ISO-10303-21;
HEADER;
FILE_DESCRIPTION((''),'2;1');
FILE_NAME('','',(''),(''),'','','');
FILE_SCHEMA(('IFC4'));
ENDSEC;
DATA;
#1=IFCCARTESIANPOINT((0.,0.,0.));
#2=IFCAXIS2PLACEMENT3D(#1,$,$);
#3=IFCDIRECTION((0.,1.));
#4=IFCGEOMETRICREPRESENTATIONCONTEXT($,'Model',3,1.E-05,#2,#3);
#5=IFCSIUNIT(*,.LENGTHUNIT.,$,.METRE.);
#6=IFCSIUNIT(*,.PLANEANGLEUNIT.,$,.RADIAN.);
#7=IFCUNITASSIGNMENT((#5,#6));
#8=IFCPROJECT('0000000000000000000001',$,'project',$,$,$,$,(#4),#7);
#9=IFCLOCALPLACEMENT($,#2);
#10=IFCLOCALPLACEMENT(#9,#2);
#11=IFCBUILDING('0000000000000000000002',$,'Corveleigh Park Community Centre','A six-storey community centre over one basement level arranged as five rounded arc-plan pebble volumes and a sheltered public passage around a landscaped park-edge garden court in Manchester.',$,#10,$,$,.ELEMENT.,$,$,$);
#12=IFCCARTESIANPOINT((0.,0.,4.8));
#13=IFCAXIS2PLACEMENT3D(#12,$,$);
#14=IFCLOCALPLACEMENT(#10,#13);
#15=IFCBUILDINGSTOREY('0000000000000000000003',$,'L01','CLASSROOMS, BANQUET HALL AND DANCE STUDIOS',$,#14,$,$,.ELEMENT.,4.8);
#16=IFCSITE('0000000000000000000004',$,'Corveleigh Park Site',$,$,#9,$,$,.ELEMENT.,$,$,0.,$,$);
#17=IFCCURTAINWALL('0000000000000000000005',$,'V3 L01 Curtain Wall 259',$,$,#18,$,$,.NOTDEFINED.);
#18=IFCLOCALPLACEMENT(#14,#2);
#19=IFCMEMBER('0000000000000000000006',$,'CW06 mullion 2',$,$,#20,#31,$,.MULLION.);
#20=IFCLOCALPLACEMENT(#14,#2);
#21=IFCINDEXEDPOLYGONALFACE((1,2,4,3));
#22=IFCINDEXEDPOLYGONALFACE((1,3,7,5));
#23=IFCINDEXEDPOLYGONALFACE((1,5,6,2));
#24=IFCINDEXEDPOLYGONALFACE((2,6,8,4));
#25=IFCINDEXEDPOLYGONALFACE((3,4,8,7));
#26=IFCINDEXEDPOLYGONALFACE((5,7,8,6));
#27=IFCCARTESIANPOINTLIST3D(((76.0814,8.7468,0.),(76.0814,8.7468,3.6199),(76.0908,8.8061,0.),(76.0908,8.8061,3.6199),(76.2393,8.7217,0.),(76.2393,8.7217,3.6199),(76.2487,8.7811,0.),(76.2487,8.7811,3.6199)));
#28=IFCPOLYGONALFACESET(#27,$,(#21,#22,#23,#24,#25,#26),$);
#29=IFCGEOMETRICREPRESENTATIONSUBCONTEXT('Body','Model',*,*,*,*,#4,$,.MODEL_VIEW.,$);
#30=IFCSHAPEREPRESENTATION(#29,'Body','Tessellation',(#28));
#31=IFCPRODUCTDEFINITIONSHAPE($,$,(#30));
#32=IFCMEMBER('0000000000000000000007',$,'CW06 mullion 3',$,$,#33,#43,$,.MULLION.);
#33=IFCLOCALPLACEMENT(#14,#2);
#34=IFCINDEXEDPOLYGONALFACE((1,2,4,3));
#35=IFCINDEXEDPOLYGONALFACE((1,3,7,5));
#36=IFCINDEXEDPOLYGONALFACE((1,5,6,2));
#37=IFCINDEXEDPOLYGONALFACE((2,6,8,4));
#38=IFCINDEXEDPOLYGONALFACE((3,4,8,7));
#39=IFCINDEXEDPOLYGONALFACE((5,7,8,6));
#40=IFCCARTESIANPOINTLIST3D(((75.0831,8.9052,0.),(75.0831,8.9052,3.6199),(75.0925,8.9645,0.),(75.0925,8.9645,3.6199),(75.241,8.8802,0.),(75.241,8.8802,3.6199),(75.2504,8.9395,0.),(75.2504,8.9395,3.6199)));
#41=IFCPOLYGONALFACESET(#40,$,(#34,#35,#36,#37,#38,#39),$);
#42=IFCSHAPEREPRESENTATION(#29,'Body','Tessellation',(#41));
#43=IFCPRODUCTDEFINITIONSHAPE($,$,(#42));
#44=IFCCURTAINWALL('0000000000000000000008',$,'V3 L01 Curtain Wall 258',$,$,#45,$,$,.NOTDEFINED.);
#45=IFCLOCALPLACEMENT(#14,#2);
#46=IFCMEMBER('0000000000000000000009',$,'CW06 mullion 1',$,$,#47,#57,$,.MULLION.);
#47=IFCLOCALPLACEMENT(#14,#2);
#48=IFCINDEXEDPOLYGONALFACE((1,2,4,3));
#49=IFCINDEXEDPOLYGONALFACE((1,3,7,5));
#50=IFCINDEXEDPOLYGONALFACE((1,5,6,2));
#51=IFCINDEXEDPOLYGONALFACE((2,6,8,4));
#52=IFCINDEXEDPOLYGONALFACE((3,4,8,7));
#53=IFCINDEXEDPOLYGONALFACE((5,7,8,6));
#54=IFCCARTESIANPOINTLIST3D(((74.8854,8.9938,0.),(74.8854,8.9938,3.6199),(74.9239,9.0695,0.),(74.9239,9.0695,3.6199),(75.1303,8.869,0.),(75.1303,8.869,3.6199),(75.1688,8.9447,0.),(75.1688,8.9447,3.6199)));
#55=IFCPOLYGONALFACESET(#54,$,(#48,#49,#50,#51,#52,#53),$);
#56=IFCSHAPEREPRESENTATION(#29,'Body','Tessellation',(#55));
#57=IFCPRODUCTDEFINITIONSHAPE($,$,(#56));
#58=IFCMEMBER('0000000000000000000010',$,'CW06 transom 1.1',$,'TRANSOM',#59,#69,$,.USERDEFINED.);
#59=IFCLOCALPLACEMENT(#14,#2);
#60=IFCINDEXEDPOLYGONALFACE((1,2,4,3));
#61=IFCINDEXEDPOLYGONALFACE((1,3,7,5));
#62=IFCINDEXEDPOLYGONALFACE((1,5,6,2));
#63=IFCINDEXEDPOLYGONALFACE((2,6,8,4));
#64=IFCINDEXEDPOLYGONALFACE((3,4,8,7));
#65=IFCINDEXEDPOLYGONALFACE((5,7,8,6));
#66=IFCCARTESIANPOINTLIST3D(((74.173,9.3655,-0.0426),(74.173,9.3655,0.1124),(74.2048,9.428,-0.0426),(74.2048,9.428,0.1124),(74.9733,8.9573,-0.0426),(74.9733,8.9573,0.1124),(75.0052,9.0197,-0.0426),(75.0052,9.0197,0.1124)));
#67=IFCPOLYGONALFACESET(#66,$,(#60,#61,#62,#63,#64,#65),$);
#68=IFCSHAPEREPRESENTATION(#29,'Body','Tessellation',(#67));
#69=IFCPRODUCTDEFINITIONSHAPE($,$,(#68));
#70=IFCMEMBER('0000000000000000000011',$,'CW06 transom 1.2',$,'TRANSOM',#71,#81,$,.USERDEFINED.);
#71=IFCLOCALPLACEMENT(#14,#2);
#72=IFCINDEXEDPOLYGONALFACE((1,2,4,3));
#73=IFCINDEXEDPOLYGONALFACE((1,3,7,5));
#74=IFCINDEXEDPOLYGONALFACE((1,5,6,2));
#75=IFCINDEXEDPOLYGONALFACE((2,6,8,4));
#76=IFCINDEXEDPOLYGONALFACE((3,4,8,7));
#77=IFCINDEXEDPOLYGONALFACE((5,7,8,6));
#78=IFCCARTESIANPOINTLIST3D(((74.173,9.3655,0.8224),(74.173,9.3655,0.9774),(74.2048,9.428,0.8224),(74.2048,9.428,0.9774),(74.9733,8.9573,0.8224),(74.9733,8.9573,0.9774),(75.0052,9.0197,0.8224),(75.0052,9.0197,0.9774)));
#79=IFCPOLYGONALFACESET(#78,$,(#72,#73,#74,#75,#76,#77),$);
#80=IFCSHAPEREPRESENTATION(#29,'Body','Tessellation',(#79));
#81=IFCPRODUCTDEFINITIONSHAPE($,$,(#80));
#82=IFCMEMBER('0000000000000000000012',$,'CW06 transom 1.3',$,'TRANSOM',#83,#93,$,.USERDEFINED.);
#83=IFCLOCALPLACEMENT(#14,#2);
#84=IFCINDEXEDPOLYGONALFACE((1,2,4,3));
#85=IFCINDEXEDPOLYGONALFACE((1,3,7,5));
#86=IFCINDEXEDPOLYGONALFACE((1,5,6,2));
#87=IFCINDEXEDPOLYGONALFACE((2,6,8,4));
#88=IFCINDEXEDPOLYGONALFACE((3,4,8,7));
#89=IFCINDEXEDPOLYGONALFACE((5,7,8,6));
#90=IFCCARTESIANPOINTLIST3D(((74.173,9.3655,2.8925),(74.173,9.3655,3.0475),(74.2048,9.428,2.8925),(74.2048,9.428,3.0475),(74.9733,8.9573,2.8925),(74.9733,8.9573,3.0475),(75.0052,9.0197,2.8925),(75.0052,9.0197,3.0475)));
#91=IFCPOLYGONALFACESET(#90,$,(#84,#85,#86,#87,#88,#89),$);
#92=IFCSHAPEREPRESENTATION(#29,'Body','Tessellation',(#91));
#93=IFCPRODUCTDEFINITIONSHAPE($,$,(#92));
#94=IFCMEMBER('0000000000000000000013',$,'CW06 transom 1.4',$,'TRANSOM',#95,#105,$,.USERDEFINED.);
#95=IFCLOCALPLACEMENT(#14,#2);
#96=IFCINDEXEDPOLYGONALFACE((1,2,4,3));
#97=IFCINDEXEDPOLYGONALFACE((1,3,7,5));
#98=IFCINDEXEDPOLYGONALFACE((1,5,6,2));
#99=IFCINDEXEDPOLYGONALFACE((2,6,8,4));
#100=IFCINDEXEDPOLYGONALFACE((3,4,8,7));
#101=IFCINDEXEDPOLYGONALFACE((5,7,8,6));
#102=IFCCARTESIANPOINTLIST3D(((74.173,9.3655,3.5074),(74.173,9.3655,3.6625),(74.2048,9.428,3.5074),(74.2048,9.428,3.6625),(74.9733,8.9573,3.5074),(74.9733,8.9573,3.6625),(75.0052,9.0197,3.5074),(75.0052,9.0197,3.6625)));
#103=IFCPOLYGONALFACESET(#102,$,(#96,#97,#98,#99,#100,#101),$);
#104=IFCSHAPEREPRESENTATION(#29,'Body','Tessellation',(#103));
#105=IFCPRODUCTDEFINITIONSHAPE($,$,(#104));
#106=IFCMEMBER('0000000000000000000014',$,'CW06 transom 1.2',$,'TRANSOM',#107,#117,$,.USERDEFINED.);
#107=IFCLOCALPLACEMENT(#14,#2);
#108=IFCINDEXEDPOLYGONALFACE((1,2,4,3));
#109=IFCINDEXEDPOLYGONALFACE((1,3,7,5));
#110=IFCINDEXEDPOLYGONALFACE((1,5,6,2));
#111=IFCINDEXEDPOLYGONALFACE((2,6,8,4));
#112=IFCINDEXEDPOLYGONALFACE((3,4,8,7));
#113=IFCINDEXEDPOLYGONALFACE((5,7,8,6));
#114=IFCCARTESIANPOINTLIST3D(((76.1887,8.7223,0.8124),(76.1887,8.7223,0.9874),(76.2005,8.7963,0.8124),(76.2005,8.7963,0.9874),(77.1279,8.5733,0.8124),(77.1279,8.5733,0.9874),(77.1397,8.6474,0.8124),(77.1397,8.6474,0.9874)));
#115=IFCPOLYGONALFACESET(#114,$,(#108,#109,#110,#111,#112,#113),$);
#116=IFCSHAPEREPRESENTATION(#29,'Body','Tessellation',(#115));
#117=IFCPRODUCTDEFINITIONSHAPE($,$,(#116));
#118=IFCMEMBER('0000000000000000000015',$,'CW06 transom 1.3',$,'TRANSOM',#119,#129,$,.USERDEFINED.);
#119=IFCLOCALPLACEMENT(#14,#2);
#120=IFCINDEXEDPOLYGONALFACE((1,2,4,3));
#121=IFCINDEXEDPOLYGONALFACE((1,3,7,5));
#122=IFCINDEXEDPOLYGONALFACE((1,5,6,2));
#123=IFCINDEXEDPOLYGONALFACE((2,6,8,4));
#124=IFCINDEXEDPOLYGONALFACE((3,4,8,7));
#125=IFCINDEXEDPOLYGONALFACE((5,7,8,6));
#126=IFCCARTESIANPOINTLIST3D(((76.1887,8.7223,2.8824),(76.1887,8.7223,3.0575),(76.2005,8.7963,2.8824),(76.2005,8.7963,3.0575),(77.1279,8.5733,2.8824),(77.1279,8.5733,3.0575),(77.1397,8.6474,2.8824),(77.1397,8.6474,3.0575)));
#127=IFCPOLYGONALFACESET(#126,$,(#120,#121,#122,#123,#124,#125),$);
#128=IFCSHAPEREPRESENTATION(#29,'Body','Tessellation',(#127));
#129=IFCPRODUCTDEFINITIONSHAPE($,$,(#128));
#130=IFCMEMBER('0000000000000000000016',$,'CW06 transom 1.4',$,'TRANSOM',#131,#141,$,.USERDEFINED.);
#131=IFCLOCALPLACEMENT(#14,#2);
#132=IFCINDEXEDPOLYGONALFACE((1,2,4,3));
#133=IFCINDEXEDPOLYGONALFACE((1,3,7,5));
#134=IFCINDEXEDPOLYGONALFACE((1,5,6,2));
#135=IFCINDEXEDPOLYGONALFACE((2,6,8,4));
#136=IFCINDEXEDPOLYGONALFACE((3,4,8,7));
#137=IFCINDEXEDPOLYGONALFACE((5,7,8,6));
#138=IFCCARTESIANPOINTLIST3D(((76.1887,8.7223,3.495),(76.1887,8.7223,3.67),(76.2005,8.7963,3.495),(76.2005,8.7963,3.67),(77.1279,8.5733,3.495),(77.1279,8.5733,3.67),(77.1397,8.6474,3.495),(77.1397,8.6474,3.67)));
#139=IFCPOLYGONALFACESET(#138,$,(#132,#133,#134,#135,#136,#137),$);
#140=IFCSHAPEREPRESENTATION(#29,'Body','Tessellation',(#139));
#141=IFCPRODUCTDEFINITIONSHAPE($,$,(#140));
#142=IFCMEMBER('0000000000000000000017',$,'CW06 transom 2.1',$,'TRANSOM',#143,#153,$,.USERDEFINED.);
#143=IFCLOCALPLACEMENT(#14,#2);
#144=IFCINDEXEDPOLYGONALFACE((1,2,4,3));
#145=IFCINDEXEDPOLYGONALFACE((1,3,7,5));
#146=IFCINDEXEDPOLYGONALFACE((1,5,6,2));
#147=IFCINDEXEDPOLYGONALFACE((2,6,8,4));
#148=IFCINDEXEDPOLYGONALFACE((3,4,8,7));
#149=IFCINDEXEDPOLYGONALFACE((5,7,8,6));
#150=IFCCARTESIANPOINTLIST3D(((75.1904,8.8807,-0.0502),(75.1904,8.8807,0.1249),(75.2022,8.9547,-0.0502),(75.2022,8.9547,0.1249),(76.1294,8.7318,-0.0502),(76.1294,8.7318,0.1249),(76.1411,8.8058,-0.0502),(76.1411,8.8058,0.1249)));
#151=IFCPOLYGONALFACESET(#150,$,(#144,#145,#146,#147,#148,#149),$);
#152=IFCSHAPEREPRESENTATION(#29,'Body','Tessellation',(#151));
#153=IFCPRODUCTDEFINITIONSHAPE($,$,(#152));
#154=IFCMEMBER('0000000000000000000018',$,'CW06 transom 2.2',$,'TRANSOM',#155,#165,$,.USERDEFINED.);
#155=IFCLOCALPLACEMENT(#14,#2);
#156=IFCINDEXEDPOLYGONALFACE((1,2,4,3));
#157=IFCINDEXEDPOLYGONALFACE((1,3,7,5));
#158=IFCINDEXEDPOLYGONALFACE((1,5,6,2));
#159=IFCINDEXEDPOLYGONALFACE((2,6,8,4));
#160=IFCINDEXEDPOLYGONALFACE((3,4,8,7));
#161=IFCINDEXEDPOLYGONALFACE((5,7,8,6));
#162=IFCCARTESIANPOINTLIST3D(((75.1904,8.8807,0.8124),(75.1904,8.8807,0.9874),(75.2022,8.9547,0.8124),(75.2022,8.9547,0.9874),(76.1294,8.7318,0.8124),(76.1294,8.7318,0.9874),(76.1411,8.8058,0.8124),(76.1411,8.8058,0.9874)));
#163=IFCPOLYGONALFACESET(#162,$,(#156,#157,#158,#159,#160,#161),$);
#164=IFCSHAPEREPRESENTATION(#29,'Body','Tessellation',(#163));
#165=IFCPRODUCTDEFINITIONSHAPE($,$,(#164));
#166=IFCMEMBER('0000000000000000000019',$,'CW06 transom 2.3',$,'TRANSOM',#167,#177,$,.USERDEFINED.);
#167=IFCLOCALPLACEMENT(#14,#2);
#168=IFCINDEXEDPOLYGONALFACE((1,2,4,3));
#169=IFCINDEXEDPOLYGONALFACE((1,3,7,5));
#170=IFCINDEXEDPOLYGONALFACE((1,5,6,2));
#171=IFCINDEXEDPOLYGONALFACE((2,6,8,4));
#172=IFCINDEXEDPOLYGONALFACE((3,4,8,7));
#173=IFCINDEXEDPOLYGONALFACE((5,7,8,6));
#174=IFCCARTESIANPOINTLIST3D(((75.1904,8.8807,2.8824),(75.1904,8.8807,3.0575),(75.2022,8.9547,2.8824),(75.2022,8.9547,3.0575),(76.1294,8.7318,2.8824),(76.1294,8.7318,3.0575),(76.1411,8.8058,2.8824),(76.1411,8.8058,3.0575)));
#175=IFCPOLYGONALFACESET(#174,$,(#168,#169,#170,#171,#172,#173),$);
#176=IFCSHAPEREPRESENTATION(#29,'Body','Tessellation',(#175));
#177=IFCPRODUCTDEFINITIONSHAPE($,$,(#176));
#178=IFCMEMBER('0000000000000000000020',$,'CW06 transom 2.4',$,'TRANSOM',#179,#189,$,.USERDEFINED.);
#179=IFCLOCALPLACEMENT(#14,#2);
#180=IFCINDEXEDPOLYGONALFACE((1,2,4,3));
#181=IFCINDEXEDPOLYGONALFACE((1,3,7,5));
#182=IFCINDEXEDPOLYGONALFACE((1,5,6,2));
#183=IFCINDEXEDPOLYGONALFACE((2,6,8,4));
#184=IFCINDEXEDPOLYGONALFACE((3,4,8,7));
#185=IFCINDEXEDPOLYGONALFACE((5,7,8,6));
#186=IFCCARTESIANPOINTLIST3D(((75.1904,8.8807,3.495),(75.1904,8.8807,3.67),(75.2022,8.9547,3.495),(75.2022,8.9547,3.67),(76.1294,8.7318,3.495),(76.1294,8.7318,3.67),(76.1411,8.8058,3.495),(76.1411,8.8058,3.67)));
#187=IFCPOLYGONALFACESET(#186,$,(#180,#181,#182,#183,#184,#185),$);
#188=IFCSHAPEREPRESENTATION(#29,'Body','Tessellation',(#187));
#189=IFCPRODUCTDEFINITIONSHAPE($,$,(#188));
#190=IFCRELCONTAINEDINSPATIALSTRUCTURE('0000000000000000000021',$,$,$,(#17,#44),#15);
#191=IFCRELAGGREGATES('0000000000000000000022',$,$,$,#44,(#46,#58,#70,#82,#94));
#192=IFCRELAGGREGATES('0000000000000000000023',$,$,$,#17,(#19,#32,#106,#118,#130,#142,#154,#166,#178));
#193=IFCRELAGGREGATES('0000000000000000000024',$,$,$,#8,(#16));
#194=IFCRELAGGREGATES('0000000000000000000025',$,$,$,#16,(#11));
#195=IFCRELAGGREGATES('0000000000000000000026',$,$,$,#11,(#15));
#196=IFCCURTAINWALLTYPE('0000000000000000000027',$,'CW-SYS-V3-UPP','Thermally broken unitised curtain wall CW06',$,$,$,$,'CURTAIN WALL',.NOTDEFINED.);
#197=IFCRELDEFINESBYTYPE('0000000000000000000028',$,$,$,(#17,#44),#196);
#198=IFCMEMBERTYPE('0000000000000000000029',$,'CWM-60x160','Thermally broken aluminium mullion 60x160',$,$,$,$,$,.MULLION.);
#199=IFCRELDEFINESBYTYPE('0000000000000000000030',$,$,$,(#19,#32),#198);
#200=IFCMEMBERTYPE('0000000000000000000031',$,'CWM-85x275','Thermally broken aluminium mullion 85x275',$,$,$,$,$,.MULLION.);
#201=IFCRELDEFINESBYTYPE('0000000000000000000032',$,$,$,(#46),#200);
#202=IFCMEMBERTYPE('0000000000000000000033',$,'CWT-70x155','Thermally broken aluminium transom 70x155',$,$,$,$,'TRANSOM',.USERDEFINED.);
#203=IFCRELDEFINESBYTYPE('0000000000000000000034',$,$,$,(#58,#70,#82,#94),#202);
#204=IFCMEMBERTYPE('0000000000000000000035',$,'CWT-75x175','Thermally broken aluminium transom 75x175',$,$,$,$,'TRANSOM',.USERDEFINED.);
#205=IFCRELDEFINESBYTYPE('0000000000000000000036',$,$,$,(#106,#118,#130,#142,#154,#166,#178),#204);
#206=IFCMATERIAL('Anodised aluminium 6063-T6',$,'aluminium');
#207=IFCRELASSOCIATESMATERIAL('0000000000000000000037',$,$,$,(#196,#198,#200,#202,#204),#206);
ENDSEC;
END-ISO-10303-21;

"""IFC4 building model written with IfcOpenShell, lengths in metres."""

from ifc_helpers import new_model, si_unit, direction, frame, origin, origin_2d, place, context, subcontext, project, spatial, rectangle, extrude, material, material_profile, profile_set, type_object, element, aggregate, save


model = new_model("IFC4")

# Units and contexts
model_context = context("Model", 3, precision=1e-05, world=origin(), true_north=direction((0.0, 1.0)))
body_context = subcontext(model_context, "Body", "Model", "MODEL_VIEW")
ifc_project = project(units=[si_unit("LENGTHUNIT", "METRE"), si_unit("PLANEANGLEUNIT", "RADIAN")], contexts=[model_context])

# Site, building, storey
site_placement = place(None, origin())
site = spatial("IfcSite", under=ifc_project, at=site_placement, Name="Corveleigh Park Site", CompositionType="ELEMENT", RefElevation=0.0)
building_placement = place(site_placement, origin())
building = spatial("IfcBuilding", under=site, at=building_placement, Name="Corveleigh Park Community Centre", Description="A six-storey community centre over one basement level arranged as five rounded arc-plan pebble volumes and a sheltered public passage around a landscaped park-edge garden court in Manchester.", CompositionType="ELEMENT")
storey_placement = place(building_placement, frame((0.0, 0.0, 4.8)))
storey = spatial("IfcBuildingStorey", under=building, at=storey_placement, Name="L01", Description="CLASSROOMS, BANQUET HALL AND DANCE STUDIOS", CompositionType="ELEMENT", Elevation=4.8)

# Curtain walls, members
ifc_material_1 = material(Name="Anodised aluminium 6063-T6", Category="aluminium")
curtain_wall_type = type_object("IfcCurtainWallType", Name="CW-SYS-V3-UPP", Description="Thermally broken unitised curtain wall CW06", ElementType="CURTAIN WALL", PredefinedType="NOTDEFINED", material=ifc_material_1)
curtain_wall_1_placement = place(storey_placement, origin())
curtain_wall_1 = element("IfcCurtainWall", 1, at=curtain_wall_1_placement, inside=storey, type_object=curtain_wall_type, Name="V3 L01 Curtain Wall 259", PredefinedType="NOTDEFINED")
ifc_material_profile_1 = material_profile(ifc_material_1, rectangle(XDim=0.0601, YDim=0.1599, at=origin_2d()), Name="ALU-M60x160", Category="aluminium")
ifc_profile_set_1 = profile_set([ifc_material_profile_1], Name="Anodised aluminium 6063-T6")
member_type_1 = type_object("IfcMemberType", Name="CWM-60x160", Description="Thermally broken aluminium mullion 60x160", PredefinedType="MULLION", material=ifc_profile_set_1)
member_1_placement = place(storey_placement, frame((76.165, 8.7639, 0.0), z_axis=(0.0, 0.0, 1.0), x_axis=(-0.156604, -0.987661, 0.0)))
member_1 = element("IfcMember", 2, at=member_1_placement, type_object=member_type_1, Name="CW06 mullion 2", PredefinedType="MULLION", context=body_context, shape_type="SweptSolid", body=[
    extrude(rectangle(XDim=0.0601, YDim=0.1599, at=origin_2d()), origin(), (0.0, 0.0, 1.0), 3.6199),
])
member_2_placement = place(storey_placement, frame((75.1667, 8.9224, 0.0), z_axis=(0.0, 0.0, 1.0), x_axis=(-0.156604, -0.987661, 0.0)))
member_2 = element("IfcMember", 3, at=member_2_placement, type_object=member_type_1, Name="CW06 mullion 3", PredefinedType="MULLION", context=body_context, shape_type="SweptSolid", body=[
    extrude(rectangle(XDim=0.0601, YDim=0.1599, at=origin_2d()), origin(), (0.0, 0.0, 1.0), 3.6199),
])
curtain_wall_2_placement = place(storey_placement, origin())
curtain_wall_2 = element("IfcCurtainWall", 4, at=curtain_wall_2_placement, inside=storey, type_object=curtain_wall_type, Name="V3 L01 Curtain Wall 258", PredefinedType="NOTDEFINED")
ifc_material_profile_2 = material_profile(ifc_material_1, rectangle(XDim=0.085, YDim=0.2749, at=origin_2d()), Name="ALU-M85x275", Category="aluminium")
ifc_profile_set_2 = profile_set([ifc_material_profile_2], Name="Anodised aluminium 6063-T6")
member_type_2 = type_object("IfcMemberType", Name="CWM-85x275", Description="Thermally broken aluminium mullion 85x275", PredefinedType="MULLION", material=ifc_profile_set_2)
member_3_placement = place(storey_placement, frame((75.0271, 8.9692, 0.0), z_axis=(0.0, 0.0, 1.0), x_axis=(-0.454218, -0.890891, 0.0)))
member_3 = element("IfcMember", 5, at=member_3_placement, type_object=member_type_2, Name="CW06 mullion 1", PredefinedType="MULLION", context=body_context, shape_type="SweptSolid", body=[
    extrude(rectangle(XDim=0.085, YDim=0.2749, at=origin_2d()), origin(), (0.0, 0.0, 1.0), 3.6199),
])
ifc_material_profile_3 = material_profile(ifc_material_1, rectangle(XDim=0.0701, YDim=0.155, at=origin_2d()), Name="ALU-T70x155", Category="aluminium")
ifc_profile_set_3 = profile_set([ifc_material_profile_3], Name="Anodised aluminium 6063-T6")
member_type_3 = type_object("IfcMemberType", Name="CWT-70x155", Description="Thermally broken aluminium transom 70x155", ElementType="TRANSOM", PredefinedType="USERDEFINED", material=ifc_profile_set_3)
member_4_placement = place(storey_placement, frame((74.9893, 8.9885, 0.0349), z_axis=(-0.890811, 0.454374, 0.0), x_axis=(-0.454374, -0.890811, 0.0)))
member_4 = element("IfcMember", 6, at=member_4_placement, type_object=member_type_3, Name="CW06 transom 1.1", ObjectType="TRANSOM", PredefinedType="USERDEFINED", context=body_context, shape_type="SweptSolid", body=[
    extrude(rectangle(XDim=0.0701, YDim=0.155, at=origin_2d()), origin(), (0.0, 0.0, 1.0), 0.8984),
])
member_5_placement = place(storey_placement, frame((74.9893, 8.9885, 0.8999), z_axis=(-0.890811, 0.454374, 0.0), x_axis=(-0.454374, -0.890811, 0.0)))
member_5 = element("IfcMember", 7, at=member_5_placement, type_object=member_type_3, Name="CW06 transom 1.2", ObjectType="TRANSOM", PredefinedType="USERDEFINED", context=body_context, shape_type="SweptSolid", body=[
    extrude(rectangle(XDim=0.0701, YDim=0.155, at=origin_2d()), origin(), (0.0, 0.0, 1.0), 0.8984),
])
member_6_placement = place(storey_placement, frame((74.9893, 8.9885, 2.97), z_axis=(-0.890811, 0.454374, 0.0), x_axis=(-0.454374, -0.890811, 0.0)))
member_6 = element("IfcMember", 8, at=member_6_placement, type_object=member_type_3, Name="CW06 transom 1.3", ObjectType="TRANSOM", PredefinedType="USERDEFINED", context=body_context, shape_type="SweptSolid", body=[
    extrude(rectangle(XDim=0.0701, YDim=0.155, at=origin_2d()), origin(), (0.0, 0.0, 1.0), 0.8984),
])
member_7_placement = place(storey_placement, frame((74.9893, 8.9885, 3.585), z_axis=(-0.890811, 0.454374, 0.0), x_axis=(-0.454374, -0.890811, 0.0)))
member_7 = element("IfcMember", 9, at=member_7_placement, type_object=member_type_3, Name="CW06 transom 1.4", ObjectType="TRANSOM", PredefinedType="USERDEFINED", context=body_context, shape_type="SweptSolid", body=[
    extrude(rectangle(XDim=0.0701, YDim=0.155, at=origin_2d()), origin(), (0.0, 0.0, 1.0), 0.8984),
])
aggregate(curtain_wall_2, [member_3, member_4, member_5, member_6, member_7])

# Members
ifc_material_profile_4 = material_profile(ifc_material_1, rectangle(XDim=0.075, YDim=0.175, at=origin_2d()), Name="ALU-T75x175", Category="aluminium")
ifc_profile_set_4 = profile_set([ifc_material_profile_4], Name="Anodised aluminium 6063-T6")
member_type_4 = type_object("IfcMemberType", Name="CWT-75x175", Description="Thermally broken aluminium transom 75x175", ElementType="TRANSOM", PredefinedType="USERDEFINED", material=ifc_profile_set_4)
member_8_placement = place(storey_placement, frame((77.1338, 8.6104, 0.8999), z_axis=(-0.987661, 0.156609, 0.0), x_axis=(-0.156609, -0.987661, 0.0)))
member_8 = element("IfcMember", 10, at=member_8_placement, type_object=member_type_4, Name="CW06 transom 1.2", ObjectType="TRANSOM", PredefinedType="USERDEFINED", context=body_context, shape_type="SweptSolid", body=[
    extrude(rectangle(XDim=0.075, YDim=0.175, at=origin_2d()), origin(), (0.0, 0.0, 1.0), 0.9509),
])
member_9_placement = place(storey_placement, frame((77.1338, 8.6104, 2.97), z_axis=(-0.987661, 0.156609, 0.0), x_axis=(-0.156609, -0.987661, 0.0)))
member_9 = element("IfcMember", 11, at=member_9_placement, type_object=member_type_4, Name="CW06 transom 1.3", ObjectType="TRANSOM", PredefinedType="USERDEFINED", context=body_context, shape_type="SweptSolid", body=[
    extrude(rectangle(XDim=0.075, YDim=0.175, at=origin_2d()), origin(), (0.0, 0.0, 1.0), 0.9509),
])
member_10_placement = place(storey_placement, frame((77.1338, 8.6104, 3.5825), z_axis=(-0.987661, 0.156609, 0.0), x_axis=(-0.156609, -0.987661, 0.0)))
member_10 = element("IfcMember", 12, at=member_10_placement, type_object=member_type_4, Name="CW06 transom 1.4", ObjectType="TRANSOM", PredefinedType="USERDEFINED", context=body_context, shape_type="SweptSolid", body=[
    extrude(rectangle(XDim=0.075, YDim=0.175, at=origin_2d()), origin(), (0.0, 0.0, 1.0), 0.9509),
])
member_11_placement = place(storey_placement, frame((76.1353, 8.7688, 0.0374), z_axis=(-0.987654, 0.156648, 0.0), x_axis=(-0.156648, -0.987654, 0.0)))
member_11 = element("IfcMember", 13, at=member_11_placement, type_object=member_type_4, Name="CW06 transom 2.1", ObjectType="TRANSOM", PredefinedType="USERDEFINED", context=body_context, shape_type="SweptSolid", body=[
    extrude(rectangle(XDim=0.075, YDim=0.175, at=origin_2d()), origin(), (0.0, 0.0, 1.0), 0.9507),
])
member_12_placement = place(storey_placement, frame((76.1353, 8.7688, 0.8999), z_axis=(-0.987654, 0.156648, 0.0), x_axis=(-0.156648, -0.987654, 0.0)))
member_12 = element("IfcMember", 14, at=member_12_placement, type_object=member_type_4, Name="CW06 transom 2.2", ObjectType="TRANSOM", PredefinedType="USERDEFINED", context=body_context, shape_type="SweptSolid", body=[
    extrude(rectangle(XDim=0.075, YDim=0.175, at=origin_2d()), origin(), (0.0, 0.0, 1.0), 0.9507),
])
member_13_placement = place(storey_placement, frame((76.1353, 8.7688, 2.97), z_axis=(-0.987654, 0.156648, 0.0), x_axis=(-0.156648, -0.987654, 0.0)))
member_13 = element("IfcMember", 15, at=member_13_placement, type_object=member_type_4, Name="CW06 transom 2.3", ObjectType="TRANSOM", PredefinedType="USERDEFINED", context=body_context, shape_type="SweptSolid", body=[
    extrude(rectangle(XDim=0.075, YDim=0.175, at=origin_2d()), origin(), (0.0, 0.0, 1.0), 0.9507),
])
member_14_placement = place(storey_placement, frame((76.1353, 8.7688, 3.5825), z_axis=(-0.987654, 0.156648, 0.0), x_axis=(-0.156648, -0.987654, 0.0)))
member_14 = element("IfcMember", 16, at=member_14_placement, type_object=member_type_4, Name="CW06 transom 2.4", ObjectType="TRANSOM", PredefinedType="USERDEFINED", context=body_context, shape_type="SweptSolid", body=[
    extrude(rectangle(XDim=0.075, YDim=0.175, at=origin_2d()), origin(), (0.0, 0.0, 1.0), 0.9507),
])

aggregate(curtain_wall_1, [member_1, member_2, member_8, member_9, member_10, member_11, member_12, member_13, member_14])

save(model, "model.ifc")
